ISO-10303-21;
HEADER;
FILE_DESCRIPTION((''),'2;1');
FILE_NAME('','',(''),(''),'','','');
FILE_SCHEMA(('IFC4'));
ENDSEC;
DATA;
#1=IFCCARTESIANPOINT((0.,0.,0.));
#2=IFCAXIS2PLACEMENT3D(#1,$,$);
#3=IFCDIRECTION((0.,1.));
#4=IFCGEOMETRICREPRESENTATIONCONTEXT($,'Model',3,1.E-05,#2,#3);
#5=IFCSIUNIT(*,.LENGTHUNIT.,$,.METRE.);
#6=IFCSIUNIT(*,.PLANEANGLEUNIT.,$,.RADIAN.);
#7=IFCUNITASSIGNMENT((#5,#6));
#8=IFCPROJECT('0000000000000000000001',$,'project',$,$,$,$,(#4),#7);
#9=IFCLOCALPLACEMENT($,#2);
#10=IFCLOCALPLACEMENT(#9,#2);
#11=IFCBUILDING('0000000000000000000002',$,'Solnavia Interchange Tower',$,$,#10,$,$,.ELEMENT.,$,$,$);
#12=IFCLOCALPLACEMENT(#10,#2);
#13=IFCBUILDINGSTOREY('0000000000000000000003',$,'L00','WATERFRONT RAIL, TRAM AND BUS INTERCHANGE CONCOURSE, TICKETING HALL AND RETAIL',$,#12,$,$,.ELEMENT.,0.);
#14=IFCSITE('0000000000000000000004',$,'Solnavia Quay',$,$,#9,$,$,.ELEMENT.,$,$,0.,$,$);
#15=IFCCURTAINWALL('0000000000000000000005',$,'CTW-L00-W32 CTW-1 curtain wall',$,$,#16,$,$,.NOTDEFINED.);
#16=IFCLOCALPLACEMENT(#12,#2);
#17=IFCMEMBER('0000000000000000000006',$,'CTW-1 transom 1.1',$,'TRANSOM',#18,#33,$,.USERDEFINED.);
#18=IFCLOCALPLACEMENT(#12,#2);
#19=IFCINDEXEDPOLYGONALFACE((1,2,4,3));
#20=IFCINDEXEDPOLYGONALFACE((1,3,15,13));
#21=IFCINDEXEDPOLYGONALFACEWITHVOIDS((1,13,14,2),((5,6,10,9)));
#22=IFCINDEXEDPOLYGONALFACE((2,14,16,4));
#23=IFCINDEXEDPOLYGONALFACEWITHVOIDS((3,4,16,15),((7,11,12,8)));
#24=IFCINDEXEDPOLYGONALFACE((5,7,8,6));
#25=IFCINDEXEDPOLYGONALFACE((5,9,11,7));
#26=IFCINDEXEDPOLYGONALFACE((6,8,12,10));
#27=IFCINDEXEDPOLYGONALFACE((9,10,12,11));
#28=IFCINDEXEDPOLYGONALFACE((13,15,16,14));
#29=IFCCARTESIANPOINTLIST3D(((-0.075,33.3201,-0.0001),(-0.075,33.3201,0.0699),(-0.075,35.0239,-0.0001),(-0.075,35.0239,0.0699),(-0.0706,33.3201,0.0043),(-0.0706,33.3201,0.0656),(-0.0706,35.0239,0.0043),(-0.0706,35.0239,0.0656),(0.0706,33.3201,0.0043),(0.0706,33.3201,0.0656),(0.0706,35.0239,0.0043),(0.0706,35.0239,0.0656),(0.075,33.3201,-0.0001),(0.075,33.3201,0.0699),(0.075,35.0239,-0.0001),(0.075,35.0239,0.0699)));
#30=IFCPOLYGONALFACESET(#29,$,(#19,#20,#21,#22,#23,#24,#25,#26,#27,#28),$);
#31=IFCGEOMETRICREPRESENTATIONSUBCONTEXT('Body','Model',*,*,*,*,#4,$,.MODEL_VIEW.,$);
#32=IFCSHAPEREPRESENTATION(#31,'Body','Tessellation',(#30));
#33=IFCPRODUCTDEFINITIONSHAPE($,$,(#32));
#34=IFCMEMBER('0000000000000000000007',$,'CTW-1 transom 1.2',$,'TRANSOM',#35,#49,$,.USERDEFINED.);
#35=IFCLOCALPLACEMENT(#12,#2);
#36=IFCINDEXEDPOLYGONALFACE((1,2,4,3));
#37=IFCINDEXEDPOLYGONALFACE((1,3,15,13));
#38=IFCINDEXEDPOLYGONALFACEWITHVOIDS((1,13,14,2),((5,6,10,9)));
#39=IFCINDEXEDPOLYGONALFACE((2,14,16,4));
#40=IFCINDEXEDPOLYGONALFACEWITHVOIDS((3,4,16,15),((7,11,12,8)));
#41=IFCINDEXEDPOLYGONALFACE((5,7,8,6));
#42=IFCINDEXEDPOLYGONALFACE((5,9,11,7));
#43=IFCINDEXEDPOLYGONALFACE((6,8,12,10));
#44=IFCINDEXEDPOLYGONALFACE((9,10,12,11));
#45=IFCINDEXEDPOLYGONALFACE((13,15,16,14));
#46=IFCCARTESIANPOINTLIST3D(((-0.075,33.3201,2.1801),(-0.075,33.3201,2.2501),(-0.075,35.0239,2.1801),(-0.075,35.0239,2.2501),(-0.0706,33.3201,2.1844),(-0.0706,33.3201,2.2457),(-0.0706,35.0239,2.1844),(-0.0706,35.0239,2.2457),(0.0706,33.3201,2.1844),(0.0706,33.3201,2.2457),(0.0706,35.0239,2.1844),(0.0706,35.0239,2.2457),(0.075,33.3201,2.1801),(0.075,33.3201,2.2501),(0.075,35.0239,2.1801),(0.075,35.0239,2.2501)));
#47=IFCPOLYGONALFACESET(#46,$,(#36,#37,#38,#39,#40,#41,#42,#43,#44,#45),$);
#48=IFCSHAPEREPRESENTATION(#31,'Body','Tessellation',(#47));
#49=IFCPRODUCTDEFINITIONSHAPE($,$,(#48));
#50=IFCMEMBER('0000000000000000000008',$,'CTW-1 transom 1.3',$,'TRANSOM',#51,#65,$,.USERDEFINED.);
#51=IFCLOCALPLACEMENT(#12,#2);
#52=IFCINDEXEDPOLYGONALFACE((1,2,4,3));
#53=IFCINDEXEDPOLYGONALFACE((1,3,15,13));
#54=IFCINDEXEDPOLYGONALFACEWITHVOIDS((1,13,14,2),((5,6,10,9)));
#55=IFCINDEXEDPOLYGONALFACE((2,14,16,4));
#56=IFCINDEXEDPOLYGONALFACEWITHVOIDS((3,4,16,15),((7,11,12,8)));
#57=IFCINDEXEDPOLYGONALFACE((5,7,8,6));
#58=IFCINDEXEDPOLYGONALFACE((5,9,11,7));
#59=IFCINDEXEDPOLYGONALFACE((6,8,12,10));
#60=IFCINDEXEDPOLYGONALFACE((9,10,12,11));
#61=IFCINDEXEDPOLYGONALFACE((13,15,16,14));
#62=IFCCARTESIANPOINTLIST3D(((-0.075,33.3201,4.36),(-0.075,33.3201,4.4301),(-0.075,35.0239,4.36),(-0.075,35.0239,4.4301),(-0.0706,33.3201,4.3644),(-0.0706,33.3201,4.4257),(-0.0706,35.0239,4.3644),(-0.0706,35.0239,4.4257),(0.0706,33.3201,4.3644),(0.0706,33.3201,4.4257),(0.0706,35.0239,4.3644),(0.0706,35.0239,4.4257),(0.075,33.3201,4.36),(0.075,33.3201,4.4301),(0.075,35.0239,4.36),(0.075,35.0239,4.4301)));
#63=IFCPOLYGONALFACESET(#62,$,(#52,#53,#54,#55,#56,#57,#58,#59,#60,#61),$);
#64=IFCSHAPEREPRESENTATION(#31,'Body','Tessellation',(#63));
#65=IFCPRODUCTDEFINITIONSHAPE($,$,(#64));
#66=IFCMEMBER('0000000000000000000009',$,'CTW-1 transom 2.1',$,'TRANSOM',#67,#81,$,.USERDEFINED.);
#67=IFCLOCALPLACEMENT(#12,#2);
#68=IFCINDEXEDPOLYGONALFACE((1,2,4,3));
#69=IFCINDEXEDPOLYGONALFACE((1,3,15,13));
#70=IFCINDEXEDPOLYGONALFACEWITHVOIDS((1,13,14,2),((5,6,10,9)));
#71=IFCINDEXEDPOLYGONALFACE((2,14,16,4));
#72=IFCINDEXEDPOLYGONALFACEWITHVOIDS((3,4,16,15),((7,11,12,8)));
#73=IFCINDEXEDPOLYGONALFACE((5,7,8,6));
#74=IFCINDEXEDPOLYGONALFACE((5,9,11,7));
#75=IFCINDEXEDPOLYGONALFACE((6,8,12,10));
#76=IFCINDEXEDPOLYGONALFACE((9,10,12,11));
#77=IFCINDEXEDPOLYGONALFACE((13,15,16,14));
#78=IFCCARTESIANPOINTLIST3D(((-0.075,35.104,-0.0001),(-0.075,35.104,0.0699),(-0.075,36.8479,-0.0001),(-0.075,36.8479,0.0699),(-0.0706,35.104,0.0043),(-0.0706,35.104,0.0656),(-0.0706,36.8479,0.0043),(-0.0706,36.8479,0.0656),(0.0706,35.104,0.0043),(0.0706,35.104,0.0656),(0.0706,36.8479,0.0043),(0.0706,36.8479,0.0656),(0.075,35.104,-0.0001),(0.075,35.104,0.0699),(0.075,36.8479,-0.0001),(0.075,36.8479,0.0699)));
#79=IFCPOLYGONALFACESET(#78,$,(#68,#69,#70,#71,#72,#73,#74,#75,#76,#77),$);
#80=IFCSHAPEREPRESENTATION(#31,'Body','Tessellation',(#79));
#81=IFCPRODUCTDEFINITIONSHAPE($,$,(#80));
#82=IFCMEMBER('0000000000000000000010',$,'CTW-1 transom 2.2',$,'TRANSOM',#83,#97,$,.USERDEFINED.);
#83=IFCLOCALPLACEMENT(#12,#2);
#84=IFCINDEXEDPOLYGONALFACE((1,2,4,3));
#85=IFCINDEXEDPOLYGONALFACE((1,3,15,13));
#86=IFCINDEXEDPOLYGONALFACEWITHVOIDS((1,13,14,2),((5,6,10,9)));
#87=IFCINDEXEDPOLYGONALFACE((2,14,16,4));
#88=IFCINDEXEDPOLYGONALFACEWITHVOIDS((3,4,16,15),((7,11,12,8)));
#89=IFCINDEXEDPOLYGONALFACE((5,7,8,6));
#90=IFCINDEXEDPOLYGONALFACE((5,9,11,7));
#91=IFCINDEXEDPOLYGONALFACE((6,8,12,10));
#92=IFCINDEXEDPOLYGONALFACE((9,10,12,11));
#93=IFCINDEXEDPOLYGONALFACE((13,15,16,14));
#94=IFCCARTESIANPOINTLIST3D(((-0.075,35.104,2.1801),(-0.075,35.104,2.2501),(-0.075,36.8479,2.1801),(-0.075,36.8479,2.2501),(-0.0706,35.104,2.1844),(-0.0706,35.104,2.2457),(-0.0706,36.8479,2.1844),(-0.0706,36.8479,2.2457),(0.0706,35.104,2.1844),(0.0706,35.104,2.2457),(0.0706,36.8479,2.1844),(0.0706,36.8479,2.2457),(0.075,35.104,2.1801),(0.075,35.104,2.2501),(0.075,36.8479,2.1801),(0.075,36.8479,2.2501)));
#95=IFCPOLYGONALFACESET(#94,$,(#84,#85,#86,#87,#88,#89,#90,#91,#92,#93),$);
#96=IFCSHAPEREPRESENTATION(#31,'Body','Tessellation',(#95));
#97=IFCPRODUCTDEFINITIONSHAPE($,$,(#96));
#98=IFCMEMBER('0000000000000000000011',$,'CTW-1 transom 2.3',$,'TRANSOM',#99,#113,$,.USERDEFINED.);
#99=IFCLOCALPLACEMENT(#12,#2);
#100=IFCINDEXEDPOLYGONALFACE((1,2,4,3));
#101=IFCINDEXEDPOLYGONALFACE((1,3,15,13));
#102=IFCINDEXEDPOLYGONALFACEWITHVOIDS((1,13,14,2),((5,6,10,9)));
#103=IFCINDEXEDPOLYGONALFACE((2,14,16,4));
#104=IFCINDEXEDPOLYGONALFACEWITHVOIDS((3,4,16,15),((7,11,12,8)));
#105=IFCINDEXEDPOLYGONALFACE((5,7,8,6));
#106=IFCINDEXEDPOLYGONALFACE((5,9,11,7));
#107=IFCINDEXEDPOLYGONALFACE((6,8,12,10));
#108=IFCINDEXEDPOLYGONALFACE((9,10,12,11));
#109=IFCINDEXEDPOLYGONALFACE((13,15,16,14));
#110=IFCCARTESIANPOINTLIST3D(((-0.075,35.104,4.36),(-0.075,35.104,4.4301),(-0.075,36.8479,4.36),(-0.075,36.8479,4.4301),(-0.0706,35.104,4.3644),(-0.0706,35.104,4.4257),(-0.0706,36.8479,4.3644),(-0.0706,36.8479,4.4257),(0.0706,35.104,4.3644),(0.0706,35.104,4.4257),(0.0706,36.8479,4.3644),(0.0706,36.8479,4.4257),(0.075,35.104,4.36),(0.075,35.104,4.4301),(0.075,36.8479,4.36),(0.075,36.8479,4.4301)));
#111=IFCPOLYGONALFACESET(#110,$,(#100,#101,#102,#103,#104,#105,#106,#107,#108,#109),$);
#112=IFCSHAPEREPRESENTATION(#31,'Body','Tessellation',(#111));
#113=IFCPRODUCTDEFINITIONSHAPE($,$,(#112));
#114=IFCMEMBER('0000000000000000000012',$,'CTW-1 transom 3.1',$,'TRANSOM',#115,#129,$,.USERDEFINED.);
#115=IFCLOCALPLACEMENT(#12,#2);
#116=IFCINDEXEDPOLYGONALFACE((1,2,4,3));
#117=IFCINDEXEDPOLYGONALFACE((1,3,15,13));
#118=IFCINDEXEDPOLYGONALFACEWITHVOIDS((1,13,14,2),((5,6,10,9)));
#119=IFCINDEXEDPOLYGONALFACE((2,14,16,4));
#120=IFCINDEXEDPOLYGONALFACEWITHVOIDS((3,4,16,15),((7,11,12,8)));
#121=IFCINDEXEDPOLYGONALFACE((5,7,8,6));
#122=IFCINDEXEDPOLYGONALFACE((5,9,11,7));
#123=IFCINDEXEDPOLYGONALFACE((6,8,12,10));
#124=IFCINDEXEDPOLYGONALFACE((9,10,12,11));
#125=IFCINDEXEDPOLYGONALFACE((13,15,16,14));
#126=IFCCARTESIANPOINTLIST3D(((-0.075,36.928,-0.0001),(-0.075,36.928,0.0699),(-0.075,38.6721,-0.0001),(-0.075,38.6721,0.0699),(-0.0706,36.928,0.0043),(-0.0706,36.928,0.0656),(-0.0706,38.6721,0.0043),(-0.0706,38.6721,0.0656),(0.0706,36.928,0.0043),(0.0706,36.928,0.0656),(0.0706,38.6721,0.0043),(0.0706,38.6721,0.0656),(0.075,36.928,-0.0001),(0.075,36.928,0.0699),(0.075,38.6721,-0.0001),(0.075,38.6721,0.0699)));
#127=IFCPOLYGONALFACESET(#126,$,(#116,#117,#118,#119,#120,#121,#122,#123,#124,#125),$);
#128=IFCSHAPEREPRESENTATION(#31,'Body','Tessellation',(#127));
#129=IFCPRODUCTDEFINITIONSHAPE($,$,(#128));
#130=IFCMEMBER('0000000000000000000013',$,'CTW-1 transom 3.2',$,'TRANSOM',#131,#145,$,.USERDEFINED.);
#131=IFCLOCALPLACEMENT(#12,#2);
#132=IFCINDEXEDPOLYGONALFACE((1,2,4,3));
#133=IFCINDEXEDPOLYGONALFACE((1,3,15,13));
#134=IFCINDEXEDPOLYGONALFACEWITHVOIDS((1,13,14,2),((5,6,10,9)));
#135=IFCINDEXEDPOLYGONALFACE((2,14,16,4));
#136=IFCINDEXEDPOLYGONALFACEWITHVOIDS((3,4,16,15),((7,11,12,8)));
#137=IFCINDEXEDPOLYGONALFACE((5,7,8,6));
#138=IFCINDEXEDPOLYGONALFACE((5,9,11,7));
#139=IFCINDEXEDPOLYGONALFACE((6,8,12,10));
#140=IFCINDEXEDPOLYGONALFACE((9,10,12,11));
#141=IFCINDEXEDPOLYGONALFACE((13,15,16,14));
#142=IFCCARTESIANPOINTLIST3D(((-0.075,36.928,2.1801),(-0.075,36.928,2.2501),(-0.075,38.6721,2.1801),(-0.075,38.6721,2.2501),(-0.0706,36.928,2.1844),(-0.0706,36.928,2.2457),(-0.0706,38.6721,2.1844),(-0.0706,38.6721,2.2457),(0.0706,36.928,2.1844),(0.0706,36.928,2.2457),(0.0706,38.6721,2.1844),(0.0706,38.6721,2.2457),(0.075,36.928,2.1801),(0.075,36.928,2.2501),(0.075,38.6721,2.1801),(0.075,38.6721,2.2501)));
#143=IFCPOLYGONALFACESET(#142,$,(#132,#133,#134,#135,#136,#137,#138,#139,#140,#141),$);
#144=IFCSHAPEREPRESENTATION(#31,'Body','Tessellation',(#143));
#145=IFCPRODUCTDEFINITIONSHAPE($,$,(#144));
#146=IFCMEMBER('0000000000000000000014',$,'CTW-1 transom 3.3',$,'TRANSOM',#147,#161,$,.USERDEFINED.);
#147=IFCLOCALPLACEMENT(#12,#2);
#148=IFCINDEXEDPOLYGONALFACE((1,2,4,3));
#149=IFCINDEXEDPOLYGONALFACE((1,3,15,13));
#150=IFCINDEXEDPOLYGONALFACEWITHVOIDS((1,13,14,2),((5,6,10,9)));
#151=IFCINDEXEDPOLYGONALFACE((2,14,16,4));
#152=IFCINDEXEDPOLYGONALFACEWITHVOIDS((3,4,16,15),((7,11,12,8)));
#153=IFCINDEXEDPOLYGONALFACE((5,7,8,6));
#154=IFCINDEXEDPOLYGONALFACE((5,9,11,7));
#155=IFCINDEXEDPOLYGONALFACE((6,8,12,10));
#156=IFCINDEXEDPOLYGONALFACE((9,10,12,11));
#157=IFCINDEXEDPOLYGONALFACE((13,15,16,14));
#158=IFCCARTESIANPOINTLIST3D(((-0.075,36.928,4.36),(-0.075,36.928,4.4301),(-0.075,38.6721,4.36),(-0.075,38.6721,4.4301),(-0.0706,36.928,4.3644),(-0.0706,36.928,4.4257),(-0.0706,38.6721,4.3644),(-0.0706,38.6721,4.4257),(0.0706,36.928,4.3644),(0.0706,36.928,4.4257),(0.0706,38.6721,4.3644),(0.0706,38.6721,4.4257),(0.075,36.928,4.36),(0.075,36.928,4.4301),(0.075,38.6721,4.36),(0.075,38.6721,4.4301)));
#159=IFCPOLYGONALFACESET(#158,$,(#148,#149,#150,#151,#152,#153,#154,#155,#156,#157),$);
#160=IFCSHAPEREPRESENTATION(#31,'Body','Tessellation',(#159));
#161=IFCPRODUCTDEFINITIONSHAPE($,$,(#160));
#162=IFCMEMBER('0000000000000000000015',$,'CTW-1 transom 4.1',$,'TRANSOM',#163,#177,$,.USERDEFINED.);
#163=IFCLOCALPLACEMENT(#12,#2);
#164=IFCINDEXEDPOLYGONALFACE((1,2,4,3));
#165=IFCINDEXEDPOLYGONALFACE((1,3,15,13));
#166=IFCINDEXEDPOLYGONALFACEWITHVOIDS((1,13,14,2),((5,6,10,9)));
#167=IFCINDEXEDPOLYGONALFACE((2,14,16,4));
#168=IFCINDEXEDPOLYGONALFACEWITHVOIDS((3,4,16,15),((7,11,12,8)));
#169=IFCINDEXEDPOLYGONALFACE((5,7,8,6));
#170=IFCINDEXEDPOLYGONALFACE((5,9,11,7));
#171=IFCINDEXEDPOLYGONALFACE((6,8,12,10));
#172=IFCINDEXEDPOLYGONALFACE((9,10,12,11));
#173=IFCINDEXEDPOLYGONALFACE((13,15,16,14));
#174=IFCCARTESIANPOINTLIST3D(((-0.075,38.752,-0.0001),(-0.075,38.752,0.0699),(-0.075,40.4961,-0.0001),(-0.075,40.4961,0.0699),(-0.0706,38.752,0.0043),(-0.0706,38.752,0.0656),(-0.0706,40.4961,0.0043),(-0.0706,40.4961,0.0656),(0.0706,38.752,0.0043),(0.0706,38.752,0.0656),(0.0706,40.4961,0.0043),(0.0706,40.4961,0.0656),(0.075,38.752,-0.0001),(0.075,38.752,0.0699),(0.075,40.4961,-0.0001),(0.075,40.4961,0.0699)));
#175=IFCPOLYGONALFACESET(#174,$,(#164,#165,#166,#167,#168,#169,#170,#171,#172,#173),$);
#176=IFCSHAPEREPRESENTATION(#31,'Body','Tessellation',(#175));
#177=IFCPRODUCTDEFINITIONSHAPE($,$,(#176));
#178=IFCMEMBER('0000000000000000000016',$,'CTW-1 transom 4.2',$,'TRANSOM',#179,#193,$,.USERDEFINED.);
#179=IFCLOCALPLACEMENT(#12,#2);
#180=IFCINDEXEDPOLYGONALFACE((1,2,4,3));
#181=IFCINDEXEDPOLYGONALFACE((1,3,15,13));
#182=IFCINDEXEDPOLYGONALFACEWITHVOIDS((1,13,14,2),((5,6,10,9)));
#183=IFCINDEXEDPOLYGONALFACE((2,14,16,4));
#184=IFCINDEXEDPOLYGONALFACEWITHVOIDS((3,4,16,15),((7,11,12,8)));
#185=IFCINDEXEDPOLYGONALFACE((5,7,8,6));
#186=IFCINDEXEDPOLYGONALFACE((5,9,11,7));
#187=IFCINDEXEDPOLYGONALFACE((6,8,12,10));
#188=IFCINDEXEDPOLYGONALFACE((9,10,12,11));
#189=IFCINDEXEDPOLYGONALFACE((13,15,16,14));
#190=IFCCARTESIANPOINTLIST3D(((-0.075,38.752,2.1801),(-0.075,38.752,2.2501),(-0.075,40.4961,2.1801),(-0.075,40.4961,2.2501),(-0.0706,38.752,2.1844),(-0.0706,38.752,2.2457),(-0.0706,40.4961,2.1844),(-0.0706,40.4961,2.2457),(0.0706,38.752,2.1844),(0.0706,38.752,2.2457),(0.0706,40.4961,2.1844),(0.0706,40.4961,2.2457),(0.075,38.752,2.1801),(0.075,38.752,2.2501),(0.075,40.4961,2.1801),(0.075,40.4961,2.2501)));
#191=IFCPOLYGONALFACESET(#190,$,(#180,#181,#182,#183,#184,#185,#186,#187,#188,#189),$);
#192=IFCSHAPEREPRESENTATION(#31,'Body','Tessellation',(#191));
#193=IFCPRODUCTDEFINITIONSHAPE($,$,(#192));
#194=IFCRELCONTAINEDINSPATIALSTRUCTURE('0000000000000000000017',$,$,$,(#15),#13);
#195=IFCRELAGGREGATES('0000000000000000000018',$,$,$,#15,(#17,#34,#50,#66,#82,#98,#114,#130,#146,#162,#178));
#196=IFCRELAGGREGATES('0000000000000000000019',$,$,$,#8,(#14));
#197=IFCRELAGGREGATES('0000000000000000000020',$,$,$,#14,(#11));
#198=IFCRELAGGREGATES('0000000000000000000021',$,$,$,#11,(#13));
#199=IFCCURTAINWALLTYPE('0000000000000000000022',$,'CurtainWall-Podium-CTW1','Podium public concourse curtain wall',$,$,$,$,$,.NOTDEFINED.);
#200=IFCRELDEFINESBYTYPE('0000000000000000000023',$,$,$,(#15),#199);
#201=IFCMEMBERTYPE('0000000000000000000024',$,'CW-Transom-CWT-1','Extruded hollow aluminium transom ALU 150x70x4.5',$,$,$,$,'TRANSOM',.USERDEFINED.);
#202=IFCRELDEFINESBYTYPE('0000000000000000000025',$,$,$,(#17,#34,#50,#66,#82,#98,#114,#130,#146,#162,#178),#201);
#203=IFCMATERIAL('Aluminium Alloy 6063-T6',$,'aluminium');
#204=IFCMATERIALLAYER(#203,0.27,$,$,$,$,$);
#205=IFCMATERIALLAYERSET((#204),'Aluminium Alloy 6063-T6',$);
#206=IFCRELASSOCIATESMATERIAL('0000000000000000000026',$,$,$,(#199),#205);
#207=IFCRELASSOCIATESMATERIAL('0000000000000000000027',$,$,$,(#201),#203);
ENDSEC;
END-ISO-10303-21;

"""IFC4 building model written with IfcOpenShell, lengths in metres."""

from ifc_helpers import new_model, si_unit, direction, frame, origin, origin_2d, place, context, subcontext, project, spatial, hollow_rectangle, extrude, material, layer, layer_set, material_profile, profile_set, type_object, element, aggregate, save


model = new_model("IFC4")

# Units and contexts
model_context = context("Model", 3, precision=1e-05, world=origin(), true_north=direction((0.0, 1.0)))
body_context = subcontext(model_context, "Body", "Model", "MODEL_VIEW")
ifc_project = project(units=[si_unit("LENGTHUNIT", "METRE"), si_unit("PLANEANGLEUNIT", "RADIAN")], contexts=[model_context])

# Site, building, storey
site_placement = place(None, origin())
site = spatial("IfcSite", under=ifc_project, at=site_placement, Name="Solnavia Quay", CompositionType="ELEMENT", RefElevation=0.0)
building_placement = place(site_placement, origin())
building = spatial("IfcBuilding", under=site, at=building_placement, Name="Solnavia Interchange Tower", CompositionType="ELEMENT")
storey_placement = place(building_placement, origin())
storey = spatial("IfcBuildingStorey", under=building, at=storey_placement, Name="L00", Description="WATERFRONT RAIL, TRAM AND BUS INTERCHANGE CONCOURSE, TICKETING HALL AND RETAIL", CompositionType="ELEMENT", Elevation=0.0)

# Curtain wall, members
ifc_material_1 = material(Name="Aluminium Alloy 6063-T6", Category="aluminium")
ifc_layer_1 = layer(ifc_material_1, 0.27)
ifc_layer_set_1 = layer_set([ifc_layer_1], Name="Aluminium Alloy 6063-T6")
curtain_wall_type = type_object("IfcCurtainWallType", Name="CurtainWall-Podium-CTW1", Description="Podium public concourse curtain wall", PredefinedType="NOTDEFINED", material=ifc_layer_set_1)
curtain_wall_placement = place(storey_placement, origin())
curtain_wall = element("IfcCurtainWall", 1, at=curtain_wall_placement, inside=storey, type_object=curtain_wall_type, Name="CTW-L00-W32 CTW-1 curtain wall", PredefinedType="NOTDEFINED")
ifc_material_profile_1 = material_profile(ifc_material_1, hollow_rectangle(XDim=0.0701, YDim=0.1499, WallThickness=0.0044, at=origin_2d()), Name="ALU 150x70x4.5")
ifc_profile_set_1 = profile_set([ifc_material_profile_1], Name="Aluminium Alloy 6063-T6")
member_type_1 = type_object("IfcMemberType", Name="CW-Transom-CWT-1", Description="Extruded hollow aluminium transom ALU 150x70x4.5", ElementType="TRANSOM", PredefinedType="USERDEFINED", material=ifc_profile_set_1)
member_1_placement = place(storey_placement, frame((0.0, 33.3201, 0.0349), z_axis=(0.0, 1.0, 0.0), x_axis=(0.0, 0.0, 1.0)))
member_1 = element("IfcMember", 2, at=member_1_placement, type_object=member_type_1, Name="CTW-1 transom 1.1", ObjectType="TRANSOM", PredefinedType="USERDEFINED", context=body_context, shape_type="SweptSolid", body=[
    extrude(hollow_rectangle(XDim=0.0701, YDim=0.1499, WallThickness=0.0044, at=origin_2d()), origin(), (0.0, 0.0, 1.0), 1.7039),
])
member_2_placement = place(storey_placement, frame((0.0, 33.3201, 2.2151), z_axis=(0.0, 1.0, 0.0), x_axis=(0.0, 0.0, 1.0)))
member_2 = element("IfcMember", 3, at=member_2_placement, type_object=member_type_1, Name="CTW-1 transom 1.2", ObjectType="TRANSOM", PredefinedType="USERDEFINED", context=body_context, shape_type="SweptSolid", body=[
    extrude(hollow_rectangle(XDim=0.0701, YDim=0.1499, WallThickness=0.0044, at=origin_2d()), origin(), (0.0, 0.0, 1.0), 1.7039),
])
member_3_placement = place(storey_placement, frame((0.0, 33.3201, 4.395), z_axis=(0.0, 1.0, 0.0), x_axis=(0.0, 0.0, 1.0)))
member_3 = element("IfcMember", 4, at=member_3_placement, type_object=member_type_1, Name="CTW-1 transom 1.3", ObjectType="TRANSOM", PredefinedType="USERDEFINED", context=body_context, shape_type="SweptSolid", body=[
    extrude(hollow_rectangle(XDim=0.0701, YDim=0.1499, WallThickness=0.0044, at=origin_2d()), origin(), (0.0, 0.0, 1.0), 1.7039),
])
member_4_placement = place(storey_placement, frame((0.0, 35.104, 0.0349), z_axis=(0.0, 1.0, 0.0), x_axis=(0.0, 0.0, 1.0)))
member_4 = element("IfcMember", 5, at=member_4_placement, type_object=member_type_1, Name="CTW-1 transom 2.1", ObjectType="TRANSOM", PredefinedType="USERDEFINED", context=body_context, shape_type="SweptSolid", body=[
    extrude(hollow_rectangle(XDim=0.0701, YDim=0.1499, WallThickness=0.0044, at=origin_2d()), origin(), (0.0, 0.0, 1.0), 1.7439),
])
member_5_placement = place(storey_placement, frame((0.0, 35.104, 2.2151), z_axis=(0.0, 1.0, 0.0), x_axis=(0.0, 0.0, 1.0)))
member_5 = element("IfcMember", 6, at=member_5_placement, type_object=member_type_1, Name="CTW-1 transom 2.2", ObjectType="TRANSOM", PredefinedType="USERDEFINED", context=body_context, shape_type="SweptSolid", body=[
    extrude(hollow_rectangle(XDim=0.0701, YDim=0.1499, WallThickness=0.0044, at=origin_2d()), origin(), (0.0, 0.0, 1.0), 1.7439),
])
member_6_placement = place(storey_placement, frame((0.0, 35.104, 4.395), z_axis=(0.0, 1.0, 0.0), x_axis=(0.0, 0.0, 1.0)))
member_6 = element("IfcMember", 7, at=member_6_placement, type_object=member_type_1, Name="CTW-1 transom 2.3", ObjectType="TRANSOM", PredefinedType="USERDEFINED", context=body_context, shape_type="SweptSolid", body=[
    extrude(hollow_rectangle(XDim=0.0701, YDim=0.1499, WallThickness=0.0044, at=origin_2d()), origin(), (0.0, 0.0, 1.0), 1.7439),
])
member_7_placement = place(storey_placement, frame((0.0, 36.928, 0.0349), z_axis=(0.0, 1.0, 0.0), x_axis=(0.0, 0.0, 1.0)))
member_7 = element("IfcMember", 8, at=member_7_placement, type_object=member_type_1, Name="CTW-1 transom 3.1", ObjectType="TRANSOM", PredefinedType="USERDEFINED", context=body_context, shape_type="SweptSolid", body=[
    extrude(hollow_rectangle(XDim=0.0701, YDim=0.1499, WallThickness=0.0044, at=origin_2d()), origin(), (0.0, 0.0, 1.0), 1.7441),
])
member_8_placement = place(storey_placement, frame((0.0, 36.928, 2.2151), z_axis=(0.0, 1.0, 0.0), x_axis=(0.0, 0.0, 1.0)))
member_8 = element("IfcMember", 9, at=member_8_placement, type_object=member_type_1, Name="CTW-1 transom 3.2", ObjectType="TRANSOM", PredefinedType="USERDEFINED", context=body_context, shape_type="SweptSolid", body=[
    extrude(hollow_rectangle(XDim=0.0701, YDim=0.1499, WallThickness=0.0044, at=origin_2d()), origin(), (0.0, 0.0, 1.0), 1.7441),
])
member_9_placement = place(storey_placement, frame((0.0, 36.928, 4.395), z_axis=(0.0, 1.0, 0.0), x_axis=(0.0, 0.0, 1.0)))
member_9 = element("IfcMember", 10, at=member_9_placement, type_object=member_type_1, Name="CTW-1 transom 3.3", ObjectType="TRANSOM", PredefinedType="USERDEFINED", context=body_context, shape_type="SweptSolid", body=[
    extrude(hollow_rectangle(XDim=0.0701, YDim=0.1499, WallThickness=0.0044, at=origin_2d()), origin(), (0.0, 0.0, 1.0), 1.7441),
])
member_10_placement = place(storey_placement, frame((0.0, 38.752, 0.0349), z_axis=(0.0, 1.0, 0.0), x_axis=(0.0, 0.0, 1.0)))
member_10 = element("IfcMember", 11, at=member_10_placement, type_object=member_type_1, Name="CTW-1 transom 4.1", ObjectType="TRANSOM", PredefinedType="USERDEFINED", context=body_context, shape_type="SweptSolid", body=[
    extrude(hollow_rectangle(XDim=0.0701, YDim=0.1499, WallThickness=0.0044, at=origin_2d()), origin(), (0.0, 0.0, 1.0), 1.7441),
])
member_11_placement = place(storey_placement, frame((0.0, 38.752, 2.2151), z_axis=(0.0, 1.0, 0.0), x_axis=(0.0, 0.0, 1.0)))
member_11 = element("IfcMember", 12, at=member_11_placement, type_object=member_type_1, Name="CTW-1 transom 4.2", ObjectType="TRANSOM", PredefinedType="USERDEFINED", context=body_context, shape_type="SweptSolid", body=[
    extrude(hollow_rectangle(XDim=0.0701, YDim=0.1499, WallThickness=0.0044, at=origin_2d()), origin(), (0.0, 0.0, 1.0), 1.7441),
])
aggregate(curtain_wall, [member_1, member_2, member_3, member_4, member_5, member_6, member_7, member_8, member_9, member_10, member_11])

save(model, "model.ifc")
